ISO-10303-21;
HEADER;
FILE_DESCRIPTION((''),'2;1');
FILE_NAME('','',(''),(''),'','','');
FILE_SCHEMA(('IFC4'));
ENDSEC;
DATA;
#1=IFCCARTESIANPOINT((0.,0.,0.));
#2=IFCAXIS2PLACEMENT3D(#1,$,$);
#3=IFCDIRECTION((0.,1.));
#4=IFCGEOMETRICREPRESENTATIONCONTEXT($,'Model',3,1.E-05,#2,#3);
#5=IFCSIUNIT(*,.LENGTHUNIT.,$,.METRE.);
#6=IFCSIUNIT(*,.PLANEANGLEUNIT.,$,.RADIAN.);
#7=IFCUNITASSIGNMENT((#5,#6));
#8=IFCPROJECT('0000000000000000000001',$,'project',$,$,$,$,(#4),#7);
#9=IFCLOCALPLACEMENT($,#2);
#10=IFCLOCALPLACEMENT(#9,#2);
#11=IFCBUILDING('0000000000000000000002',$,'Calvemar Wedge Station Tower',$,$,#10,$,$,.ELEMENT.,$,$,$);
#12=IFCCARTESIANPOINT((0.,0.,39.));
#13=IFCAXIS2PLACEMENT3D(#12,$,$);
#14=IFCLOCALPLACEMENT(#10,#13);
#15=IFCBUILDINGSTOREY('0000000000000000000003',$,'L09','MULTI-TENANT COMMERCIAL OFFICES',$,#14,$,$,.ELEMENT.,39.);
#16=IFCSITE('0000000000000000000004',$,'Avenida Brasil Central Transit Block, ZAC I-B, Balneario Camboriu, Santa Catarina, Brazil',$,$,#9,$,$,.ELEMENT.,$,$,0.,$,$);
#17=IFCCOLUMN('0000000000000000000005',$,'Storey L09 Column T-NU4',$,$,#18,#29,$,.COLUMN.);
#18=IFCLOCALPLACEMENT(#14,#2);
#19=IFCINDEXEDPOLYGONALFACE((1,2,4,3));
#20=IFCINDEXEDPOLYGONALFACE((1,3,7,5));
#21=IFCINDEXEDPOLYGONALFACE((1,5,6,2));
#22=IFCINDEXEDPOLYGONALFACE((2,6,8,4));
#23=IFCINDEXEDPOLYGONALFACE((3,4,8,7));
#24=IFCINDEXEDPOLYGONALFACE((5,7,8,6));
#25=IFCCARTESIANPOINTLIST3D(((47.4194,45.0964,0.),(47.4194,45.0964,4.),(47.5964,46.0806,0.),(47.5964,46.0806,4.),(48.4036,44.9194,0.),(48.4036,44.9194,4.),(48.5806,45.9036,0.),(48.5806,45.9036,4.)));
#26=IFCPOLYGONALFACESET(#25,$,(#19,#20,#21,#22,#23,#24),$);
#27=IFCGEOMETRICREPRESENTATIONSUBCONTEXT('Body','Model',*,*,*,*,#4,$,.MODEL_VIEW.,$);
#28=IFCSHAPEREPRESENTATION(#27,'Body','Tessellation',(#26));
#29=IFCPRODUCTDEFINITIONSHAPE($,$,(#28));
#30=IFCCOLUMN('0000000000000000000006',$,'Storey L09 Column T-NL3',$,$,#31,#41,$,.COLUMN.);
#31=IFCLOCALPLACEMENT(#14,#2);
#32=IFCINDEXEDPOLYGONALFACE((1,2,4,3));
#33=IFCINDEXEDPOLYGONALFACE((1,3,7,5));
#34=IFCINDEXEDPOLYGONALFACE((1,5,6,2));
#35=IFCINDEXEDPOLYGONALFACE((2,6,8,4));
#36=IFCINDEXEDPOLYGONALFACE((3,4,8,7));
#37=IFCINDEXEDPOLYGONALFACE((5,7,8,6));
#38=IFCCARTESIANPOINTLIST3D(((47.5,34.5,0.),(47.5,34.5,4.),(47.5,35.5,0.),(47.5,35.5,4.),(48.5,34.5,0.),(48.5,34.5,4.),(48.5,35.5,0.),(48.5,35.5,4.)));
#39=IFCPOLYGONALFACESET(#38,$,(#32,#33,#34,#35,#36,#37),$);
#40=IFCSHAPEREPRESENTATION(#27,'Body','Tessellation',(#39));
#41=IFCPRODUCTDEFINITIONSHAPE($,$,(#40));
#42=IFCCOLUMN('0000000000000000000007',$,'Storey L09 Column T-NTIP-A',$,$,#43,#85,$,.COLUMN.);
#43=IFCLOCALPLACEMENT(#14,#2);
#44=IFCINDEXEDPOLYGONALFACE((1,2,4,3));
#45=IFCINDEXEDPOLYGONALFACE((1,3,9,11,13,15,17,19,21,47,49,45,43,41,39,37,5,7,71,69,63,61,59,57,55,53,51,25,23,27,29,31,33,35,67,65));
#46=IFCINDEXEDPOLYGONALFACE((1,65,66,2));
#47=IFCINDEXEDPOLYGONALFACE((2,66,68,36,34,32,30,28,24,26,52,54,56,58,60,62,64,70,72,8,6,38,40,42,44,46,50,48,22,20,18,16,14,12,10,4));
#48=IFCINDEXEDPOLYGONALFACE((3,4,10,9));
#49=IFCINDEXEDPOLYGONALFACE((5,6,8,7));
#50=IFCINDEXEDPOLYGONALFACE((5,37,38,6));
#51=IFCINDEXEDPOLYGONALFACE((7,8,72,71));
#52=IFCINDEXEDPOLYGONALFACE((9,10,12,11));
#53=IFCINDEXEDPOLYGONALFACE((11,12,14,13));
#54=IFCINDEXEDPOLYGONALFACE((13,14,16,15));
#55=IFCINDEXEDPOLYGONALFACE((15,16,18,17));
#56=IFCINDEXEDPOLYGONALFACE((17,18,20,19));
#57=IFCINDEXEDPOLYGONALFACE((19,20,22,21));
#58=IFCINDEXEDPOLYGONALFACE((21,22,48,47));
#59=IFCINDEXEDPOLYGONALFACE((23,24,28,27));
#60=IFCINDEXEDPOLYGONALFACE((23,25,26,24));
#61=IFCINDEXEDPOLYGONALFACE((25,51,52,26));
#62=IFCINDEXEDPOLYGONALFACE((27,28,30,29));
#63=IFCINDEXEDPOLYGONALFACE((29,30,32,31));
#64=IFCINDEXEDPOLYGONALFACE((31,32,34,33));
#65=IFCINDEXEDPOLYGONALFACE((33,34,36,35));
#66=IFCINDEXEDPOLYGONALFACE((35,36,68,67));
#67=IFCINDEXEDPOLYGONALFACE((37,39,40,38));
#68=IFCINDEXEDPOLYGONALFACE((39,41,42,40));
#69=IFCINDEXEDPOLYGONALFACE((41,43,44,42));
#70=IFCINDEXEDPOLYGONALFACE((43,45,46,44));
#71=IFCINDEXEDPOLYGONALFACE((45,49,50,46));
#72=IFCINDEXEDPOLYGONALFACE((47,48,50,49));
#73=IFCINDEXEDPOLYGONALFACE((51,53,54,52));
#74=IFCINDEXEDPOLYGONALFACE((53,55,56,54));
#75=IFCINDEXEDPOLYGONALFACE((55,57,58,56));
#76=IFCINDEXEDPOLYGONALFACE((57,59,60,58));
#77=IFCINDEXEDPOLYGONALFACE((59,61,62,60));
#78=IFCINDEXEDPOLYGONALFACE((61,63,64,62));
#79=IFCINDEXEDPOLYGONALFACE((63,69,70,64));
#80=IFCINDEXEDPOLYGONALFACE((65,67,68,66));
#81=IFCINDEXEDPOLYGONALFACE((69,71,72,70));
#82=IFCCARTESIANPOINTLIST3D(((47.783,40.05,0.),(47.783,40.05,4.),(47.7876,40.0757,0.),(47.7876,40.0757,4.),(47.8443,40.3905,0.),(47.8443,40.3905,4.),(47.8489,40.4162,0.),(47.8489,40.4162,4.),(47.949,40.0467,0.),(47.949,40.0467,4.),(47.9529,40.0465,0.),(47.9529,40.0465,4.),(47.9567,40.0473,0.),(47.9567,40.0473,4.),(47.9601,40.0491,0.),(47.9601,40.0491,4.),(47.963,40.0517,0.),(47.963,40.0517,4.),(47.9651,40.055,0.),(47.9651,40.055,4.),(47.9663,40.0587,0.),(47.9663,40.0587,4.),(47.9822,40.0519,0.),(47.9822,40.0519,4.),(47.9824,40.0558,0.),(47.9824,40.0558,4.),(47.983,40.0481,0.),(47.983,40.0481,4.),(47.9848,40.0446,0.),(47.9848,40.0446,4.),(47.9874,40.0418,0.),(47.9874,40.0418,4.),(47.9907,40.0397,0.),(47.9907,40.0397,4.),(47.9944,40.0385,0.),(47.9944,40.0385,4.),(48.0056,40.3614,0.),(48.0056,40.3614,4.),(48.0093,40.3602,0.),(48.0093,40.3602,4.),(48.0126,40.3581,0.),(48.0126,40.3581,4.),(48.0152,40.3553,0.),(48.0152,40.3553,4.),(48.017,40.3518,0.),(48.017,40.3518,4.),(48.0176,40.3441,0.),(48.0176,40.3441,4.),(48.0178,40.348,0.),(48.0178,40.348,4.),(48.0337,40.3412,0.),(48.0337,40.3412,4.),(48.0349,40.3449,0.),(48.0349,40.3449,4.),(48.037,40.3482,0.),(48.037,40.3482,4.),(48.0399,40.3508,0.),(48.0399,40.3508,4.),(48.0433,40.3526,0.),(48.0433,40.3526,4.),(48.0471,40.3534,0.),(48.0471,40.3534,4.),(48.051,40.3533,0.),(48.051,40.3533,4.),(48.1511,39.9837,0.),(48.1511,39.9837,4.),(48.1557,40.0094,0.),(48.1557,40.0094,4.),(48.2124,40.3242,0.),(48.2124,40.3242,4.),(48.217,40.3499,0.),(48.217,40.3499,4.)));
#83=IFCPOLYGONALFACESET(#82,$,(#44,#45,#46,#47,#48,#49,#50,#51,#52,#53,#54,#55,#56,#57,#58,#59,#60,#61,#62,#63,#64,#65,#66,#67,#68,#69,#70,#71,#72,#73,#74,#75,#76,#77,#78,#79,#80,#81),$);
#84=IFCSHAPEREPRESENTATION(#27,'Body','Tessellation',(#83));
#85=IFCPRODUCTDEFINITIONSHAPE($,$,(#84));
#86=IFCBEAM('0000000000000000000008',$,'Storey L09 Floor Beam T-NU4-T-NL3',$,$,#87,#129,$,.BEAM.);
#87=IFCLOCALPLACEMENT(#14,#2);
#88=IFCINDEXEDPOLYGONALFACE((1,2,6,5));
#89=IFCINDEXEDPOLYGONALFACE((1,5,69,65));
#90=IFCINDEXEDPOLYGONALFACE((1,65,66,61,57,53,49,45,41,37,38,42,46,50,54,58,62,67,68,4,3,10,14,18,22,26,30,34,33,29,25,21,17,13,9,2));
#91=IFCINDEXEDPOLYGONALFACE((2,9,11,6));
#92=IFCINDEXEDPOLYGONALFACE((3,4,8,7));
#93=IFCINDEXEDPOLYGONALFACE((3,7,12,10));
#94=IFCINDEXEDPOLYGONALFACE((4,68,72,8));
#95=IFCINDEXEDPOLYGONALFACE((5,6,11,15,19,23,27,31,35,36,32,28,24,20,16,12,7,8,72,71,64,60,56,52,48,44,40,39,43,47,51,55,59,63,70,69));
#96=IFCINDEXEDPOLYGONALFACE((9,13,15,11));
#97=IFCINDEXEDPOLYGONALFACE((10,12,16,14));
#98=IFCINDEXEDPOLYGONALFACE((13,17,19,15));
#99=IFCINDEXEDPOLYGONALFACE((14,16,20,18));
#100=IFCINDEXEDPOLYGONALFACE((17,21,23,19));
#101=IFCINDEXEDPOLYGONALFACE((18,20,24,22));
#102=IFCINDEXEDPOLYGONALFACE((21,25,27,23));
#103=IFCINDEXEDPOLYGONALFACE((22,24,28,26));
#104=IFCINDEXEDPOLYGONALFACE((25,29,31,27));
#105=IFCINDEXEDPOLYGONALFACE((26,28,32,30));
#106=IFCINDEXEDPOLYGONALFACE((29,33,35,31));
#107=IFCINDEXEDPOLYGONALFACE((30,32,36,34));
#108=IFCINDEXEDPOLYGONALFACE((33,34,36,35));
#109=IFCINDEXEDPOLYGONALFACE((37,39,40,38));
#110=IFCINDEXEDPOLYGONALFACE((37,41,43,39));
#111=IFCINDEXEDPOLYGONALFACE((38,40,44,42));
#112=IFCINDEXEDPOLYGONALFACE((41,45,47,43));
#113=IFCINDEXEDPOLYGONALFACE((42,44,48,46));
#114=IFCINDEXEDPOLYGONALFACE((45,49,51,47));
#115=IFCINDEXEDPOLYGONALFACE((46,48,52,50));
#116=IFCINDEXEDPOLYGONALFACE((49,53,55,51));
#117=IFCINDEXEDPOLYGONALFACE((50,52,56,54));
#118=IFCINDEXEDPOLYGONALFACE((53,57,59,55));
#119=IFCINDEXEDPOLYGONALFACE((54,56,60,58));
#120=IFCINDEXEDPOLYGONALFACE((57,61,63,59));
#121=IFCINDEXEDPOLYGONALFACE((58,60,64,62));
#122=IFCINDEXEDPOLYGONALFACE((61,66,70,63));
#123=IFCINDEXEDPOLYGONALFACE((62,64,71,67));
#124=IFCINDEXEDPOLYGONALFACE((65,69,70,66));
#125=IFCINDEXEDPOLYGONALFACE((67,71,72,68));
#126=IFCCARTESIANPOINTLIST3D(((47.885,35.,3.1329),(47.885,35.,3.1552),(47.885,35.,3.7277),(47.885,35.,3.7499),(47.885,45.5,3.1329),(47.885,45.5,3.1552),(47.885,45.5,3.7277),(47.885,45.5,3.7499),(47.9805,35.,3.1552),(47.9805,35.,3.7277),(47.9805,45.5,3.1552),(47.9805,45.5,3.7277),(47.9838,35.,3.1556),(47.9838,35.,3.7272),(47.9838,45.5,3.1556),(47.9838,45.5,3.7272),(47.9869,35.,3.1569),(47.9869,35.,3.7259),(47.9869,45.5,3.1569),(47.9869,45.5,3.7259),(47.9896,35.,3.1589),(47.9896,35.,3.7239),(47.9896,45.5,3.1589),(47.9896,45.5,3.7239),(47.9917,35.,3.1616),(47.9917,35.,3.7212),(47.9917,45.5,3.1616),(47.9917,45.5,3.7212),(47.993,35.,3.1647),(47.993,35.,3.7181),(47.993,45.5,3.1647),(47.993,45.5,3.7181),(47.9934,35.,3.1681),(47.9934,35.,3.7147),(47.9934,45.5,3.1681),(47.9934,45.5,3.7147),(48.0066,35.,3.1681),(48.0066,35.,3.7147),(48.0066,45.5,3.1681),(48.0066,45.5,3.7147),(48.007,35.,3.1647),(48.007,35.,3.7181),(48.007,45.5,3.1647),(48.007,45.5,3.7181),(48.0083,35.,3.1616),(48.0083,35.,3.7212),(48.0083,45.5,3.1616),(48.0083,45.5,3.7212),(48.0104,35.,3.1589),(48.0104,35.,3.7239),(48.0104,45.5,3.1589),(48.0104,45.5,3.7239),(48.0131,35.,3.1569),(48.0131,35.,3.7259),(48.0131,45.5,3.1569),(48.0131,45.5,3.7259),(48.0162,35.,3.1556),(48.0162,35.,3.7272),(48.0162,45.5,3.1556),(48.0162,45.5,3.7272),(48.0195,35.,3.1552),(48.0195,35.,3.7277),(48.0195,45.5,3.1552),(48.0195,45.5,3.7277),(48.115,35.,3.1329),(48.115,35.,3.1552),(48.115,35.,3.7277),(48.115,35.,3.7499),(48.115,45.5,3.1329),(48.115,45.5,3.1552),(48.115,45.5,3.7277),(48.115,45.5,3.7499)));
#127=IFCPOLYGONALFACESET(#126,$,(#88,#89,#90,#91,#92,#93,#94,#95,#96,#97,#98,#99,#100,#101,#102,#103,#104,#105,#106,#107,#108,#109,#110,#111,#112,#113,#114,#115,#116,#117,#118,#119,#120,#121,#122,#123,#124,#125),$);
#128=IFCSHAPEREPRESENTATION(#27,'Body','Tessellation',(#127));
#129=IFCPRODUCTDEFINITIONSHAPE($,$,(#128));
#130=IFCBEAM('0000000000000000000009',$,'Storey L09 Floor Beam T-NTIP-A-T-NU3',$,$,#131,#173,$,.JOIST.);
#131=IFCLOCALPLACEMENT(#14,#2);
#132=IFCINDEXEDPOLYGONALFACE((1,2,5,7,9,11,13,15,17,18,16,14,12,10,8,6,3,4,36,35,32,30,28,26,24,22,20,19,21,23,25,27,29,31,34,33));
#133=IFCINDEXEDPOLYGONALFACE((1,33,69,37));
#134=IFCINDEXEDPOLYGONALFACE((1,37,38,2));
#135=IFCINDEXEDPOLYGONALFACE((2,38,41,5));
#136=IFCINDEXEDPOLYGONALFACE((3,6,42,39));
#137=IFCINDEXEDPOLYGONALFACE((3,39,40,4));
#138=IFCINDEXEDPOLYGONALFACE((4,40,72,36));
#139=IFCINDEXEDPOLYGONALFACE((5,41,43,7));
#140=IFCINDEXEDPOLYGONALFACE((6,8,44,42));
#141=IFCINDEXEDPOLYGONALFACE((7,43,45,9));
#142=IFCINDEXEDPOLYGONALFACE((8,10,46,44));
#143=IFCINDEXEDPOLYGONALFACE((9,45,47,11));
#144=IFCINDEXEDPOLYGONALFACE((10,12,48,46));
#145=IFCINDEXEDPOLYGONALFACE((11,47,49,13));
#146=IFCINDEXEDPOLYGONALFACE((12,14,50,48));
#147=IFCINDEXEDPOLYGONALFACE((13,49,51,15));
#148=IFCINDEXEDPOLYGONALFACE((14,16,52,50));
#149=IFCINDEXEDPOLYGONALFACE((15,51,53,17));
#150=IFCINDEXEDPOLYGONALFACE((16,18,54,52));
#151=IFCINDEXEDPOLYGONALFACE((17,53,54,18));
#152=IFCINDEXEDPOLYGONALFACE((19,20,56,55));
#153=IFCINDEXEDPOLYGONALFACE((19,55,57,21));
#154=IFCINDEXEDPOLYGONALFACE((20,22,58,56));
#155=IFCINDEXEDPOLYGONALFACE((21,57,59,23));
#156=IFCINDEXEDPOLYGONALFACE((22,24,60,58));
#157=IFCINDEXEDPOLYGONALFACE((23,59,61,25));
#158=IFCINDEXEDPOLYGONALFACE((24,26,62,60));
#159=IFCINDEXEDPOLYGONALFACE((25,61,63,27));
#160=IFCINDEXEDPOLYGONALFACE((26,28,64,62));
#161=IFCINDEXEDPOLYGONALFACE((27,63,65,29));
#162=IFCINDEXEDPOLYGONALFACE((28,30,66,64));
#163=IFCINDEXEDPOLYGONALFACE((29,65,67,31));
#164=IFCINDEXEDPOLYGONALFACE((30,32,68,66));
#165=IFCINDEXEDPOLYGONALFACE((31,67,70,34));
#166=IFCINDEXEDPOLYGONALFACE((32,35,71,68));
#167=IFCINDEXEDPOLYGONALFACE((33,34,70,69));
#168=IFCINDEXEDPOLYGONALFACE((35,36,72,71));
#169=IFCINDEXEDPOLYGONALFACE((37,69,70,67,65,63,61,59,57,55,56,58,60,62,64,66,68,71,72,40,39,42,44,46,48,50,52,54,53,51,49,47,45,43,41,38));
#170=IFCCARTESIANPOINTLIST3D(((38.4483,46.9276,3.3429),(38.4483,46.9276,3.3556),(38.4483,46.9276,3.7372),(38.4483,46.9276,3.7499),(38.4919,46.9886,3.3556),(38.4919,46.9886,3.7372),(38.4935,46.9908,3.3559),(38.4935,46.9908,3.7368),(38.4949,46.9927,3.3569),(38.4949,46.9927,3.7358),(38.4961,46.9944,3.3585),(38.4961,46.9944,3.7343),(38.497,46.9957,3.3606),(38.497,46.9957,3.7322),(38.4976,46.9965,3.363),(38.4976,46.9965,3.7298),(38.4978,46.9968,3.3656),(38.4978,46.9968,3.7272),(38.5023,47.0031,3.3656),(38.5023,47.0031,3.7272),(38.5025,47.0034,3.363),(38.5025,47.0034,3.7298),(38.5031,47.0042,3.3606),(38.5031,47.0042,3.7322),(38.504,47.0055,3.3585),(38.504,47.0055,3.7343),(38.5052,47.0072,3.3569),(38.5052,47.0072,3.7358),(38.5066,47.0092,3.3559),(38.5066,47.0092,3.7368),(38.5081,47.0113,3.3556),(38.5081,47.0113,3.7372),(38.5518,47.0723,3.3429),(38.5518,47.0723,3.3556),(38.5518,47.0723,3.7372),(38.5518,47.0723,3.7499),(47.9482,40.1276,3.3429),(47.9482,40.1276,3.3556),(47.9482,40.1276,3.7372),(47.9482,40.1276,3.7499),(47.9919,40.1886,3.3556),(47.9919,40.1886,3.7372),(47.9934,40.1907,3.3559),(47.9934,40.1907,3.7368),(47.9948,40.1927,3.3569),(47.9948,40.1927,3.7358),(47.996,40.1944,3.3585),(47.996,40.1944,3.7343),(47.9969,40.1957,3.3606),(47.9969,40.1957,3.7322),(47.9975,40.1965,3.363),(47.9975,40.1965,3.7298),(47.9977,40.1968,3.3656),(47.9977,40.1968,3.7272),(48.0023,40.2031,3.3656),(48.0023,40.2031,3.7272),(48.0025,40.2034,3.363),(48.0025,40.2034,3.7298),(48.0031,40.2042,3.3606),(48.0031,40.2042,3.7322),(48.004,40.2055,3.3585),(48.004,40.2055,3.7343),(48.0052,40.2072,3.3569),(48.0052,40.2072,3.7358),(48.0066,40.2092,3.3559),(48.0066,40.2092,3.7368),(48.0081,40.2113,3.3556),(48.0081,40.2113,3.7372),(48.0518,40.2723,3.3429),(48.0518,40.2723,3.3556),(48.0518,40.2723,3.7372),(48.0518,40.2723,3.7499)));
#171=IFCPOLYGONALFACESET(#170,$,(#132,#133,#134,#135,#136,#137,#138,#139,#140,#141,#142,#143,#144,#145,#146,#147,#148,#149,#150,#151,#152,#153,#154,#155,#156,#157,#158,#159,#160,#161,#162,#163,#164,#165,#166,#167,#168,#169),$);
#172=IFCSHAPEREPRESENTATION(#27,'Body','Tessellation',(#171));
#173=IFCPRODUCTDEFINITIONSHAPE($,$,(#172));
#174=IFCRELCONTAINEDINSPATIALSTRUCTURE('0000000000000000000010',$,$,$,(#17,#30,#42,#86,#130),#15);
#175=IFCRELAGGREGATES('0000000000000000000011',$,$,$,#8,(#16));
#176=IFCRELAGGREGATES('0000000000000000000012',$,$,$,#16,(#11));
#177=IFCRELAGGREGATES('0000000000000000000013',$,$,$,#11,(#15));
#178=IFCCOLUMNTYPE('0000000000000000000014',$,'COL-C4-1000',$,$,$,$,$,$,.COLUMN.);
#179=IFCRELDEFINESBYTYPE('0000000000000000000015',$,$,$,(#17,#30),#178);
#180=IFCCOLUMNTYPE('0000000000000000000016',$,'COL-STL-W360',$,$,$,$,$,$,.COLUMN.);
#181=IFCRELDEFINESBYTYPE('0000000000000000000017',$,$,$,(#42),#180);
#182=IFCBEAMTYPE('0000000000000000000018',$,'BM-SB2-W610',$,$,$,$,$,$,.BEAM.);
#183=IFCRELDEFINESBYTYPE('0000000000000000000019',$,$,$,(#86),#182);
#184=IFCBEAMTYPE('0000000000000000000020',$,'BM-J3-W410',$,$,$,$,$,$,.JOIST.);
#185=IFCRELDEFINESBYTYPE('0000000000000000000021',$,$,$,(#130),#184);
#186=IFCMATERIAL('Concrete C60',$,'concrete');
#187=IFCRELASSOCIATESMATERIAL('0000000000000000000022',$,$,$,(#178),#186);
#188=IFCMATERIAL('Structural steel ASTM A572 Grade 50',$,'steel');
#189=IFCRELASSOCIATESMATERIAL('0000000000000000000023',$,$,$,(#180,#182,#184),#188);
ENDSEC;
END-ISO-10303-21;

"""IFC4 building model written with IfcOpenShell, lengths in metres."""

from ifc_helpers import new_model, si_unit, direction, frame, origin, origin_2d, place, context, subcontext, project, spatial, rectangle, i_section, extrude, source, transform, mapped, material, material_profile, profile_set, type_object, element, save


model = new_model("IFC4")

# Units and contexts
model_context = context("Model", 3, precision=1e-05, world=origin(), true_north=direction((0.0, 1.0)))
body_context = subcontext(model_context, "Body", "Model", "MODEL_VIEW")
ifc_project = project(units=[si_unit("LENGTHUNIT", "METRE"), si_unit("PLANEANGLEUNIT", "RADIAN")], contexts=[model_context])

# Site, building, storey
site_placement = place(None, origin())
site = spatial("IfcSite", under=ifc_project, at=site_placement, Name="Avenida Brasil Central Transit Block, ZAC I-B, Balneario Camboriu, Santa Catarina, Brazil", CompositionType="ELEMENT", RefElevation=0.0)
building_placement = place(site_placement, origin())
building = spatial("IfcBuilding", under=site, at=building_placement, Name="Calvemar Wedge Station Tower", CompositionType="ELEMENT")
storey_placement = place(building_placement, frame((0.0, 0.0, 39.0)))
storey = spatial("IfcBuildingStorey", under=building, at=storey_placement, Name="L09", Description="MULTI-TENANT COMMERCIAL OFFICES", CompositionType="ELEMENT", Elevation=39.0)

# Columns
ifc_material_1 = material(Name="Concrete C60", Category="concrete")
ifc_material_profile_1 = material_profile(ifc_material_1, rectangle(XDim=1.0, YDim=1.0, at=origin_2d()), Name="RC1000x1000")
ifc_profile_set_1 = profile_set([ifc_material_profile_1], Name="Concrete C60")
column_type_1 = type_object("IfcColumnType", Name="COL-C4-1000", PredefinedType="COLUMN", material=ifc_profile_set_1)
shared_shape_1 = source(origin(), body_context, "Body", "SweptSolid", [
    extrude(rectangle(XDim=1.0, YDim=1.0, at=origin_2d()), origin(), (0.0, 0.0, 1.0), 4.0),
])
for number, where, z_axis, x_axis, name in (
    (1, (48.0, 45.5, 0.0), (0.0, 0.0, 1.0), (0.984196, -0.177085, 0.0), "Storey L09 Column T-NU4"),
    (2, (48.0, 35.0, 0.0), (0.0, 0.0, 1.0), (1.0, 0.0, 0.0), "Storey L09 Column T-NL3"),
):
    element("IfcColumn", number, at=place(storey_placement, frame(where, z_axis=z_axis, x_axis=x_axis)), inside=storey, type_object=column_type_1, Name=name, PredefinedType="COLUMN", context=body_context, shape_type="MappedRepresentation", body=[
        mapped(shared_shape_1, transform((0.0, 0.0, 0.0), scale=1.0)),
    ])
ifc_material_2 = material(Name="Structural steel ASTM A572 Grade 50", Category="steel")
ifc_material_profile_2 = material_profile(ifc_material_2, i_section(OverallWidth=0.374, OverallDepth=0.3721, WebThickness=0.0164, FlangeThickness=0.0261, FilletRadius=0.0149, at=origin_2d()), Name="W360x196")
ifc_profile_set_2 = profile_set([ifc_material_profile_2], Name="Structural steel ASTM A572 Grade 50")
column_type_2 = type_object("IfcColumnType", Name="COL-STL-W360", PredefinedType="COLUMN", material=ifc_profile_set_2)
shared_shape_2 = source(origin(), body_context, "Body", "SweptSolid", [
    extrude(i_section(OverallWidth=0.374, OverallDepth=0.3721, WebThickness=0.0164, FlangeThickness=0.0261, FilletRadius=0.0149, at=origin_2d()), origin(), (0.0, 0.0, 1.0), 4.0),
])
column_placement = place(storey_placement, frame((48.0, 40.2, 0.0), z_axis=(0.0, 0.0, 1.0), x_axis=(0.984196, -0.177085, 0.0)))
element("IfcColumn", 3, at=column_placement, inside=storey, type_object=column_type_2, Name="Storey L09 Column T-NTIP-A", PredefinedType="COLUMN", context=body_context, shape_type="MappedRepresentation", body=[
    mapped(shared_shape_2, transform((0.0, 0.0, 0.0), scale=1.0)),
])

# Beams
ifc_material_profile_3 = material_profile(ifc_material_2, i_section(OverallWidth=0.23, OverallDepth=0.6169, WebThickness=0.0132, FlangeThickness=0.0222, FilletRadius=0.0129, at=origin_2d()), Name="W610x140")
ifc_profile_set_3 = profile_set([ifc_material_profile_3], Name="Structural steel ASTM A572 Grade 50")
beam_type_1 = type_object("IfcBeamType", Name="BM-SB2-W610", PredefinedType="BEAM", material=ifc_profile_set_3)
shared_shape_3 = source(origin(), body_context, "Body", "SweptSolid", [
    extrude(i_section(OverallWidth=0.23, OverallDepth=0.6169, WebThickness=0.0132, FlangeThickness=0.0222, FilletRadius=0.0129, at=origin_2d()), origin(), (0.0, 0.0, 1.0), 10.5),
])
beam_1_placement = place(storey_placement, frame((48.0, 45.5, 3.4414), z_axis=(0.0, -1.0, 0.0), x_axis=(1.0, 0.0, 0.0)))
element("IfcBeam", 4, at=beam_1_placement, inside=storey, type_object=beam_type_1, Name="Storey L09 Floor Beam T-NU4-T-NL3", PredefinedType="BEAM", context=body_context, shape_type="MappedRepresentation", body=[
    mapped(shared_shape_3, transform((0.0, 0.0, 0.0), scale=1.0)),
])
ifc_material_profile_4 = material_profile(ifc_material_2, i_section(OverallWidth=0.178, OverallDepth=0.407, WebThickness=0.0078, FlangeThickness=0.0127, FilletRadius=0.01, at=origin_2d()), Name="W410x60")
ifc_profile_set_4 = profile_set([ifc_material_profile_4], Name="Structural steel ASTM A572 Grade 50")
beam_type_2 = type_object("IfcBeamType", Name="BM-J3-W410", PredefinedType="JOIST", material=ifc_profile_set_4)
shared_shape_4 = source(origin(), body_context, "Body", "SweptSolid", [
    extrude(i_section(OverallWidth=0.178, OverallDepth=0.407, WebThickness=0.0078, FlangeThickness=0.0127, FilletRadius=0.01, at=origin_2d()), origin(), (0.0, 0.0, 1.0), 11.6829),
])
beam_2_placement = place(storey_placement, frame((48.0, 40.2, 3.5464), z_axis=(-0.813153, 0.58205, 0.0), x_axis=(-0.58205, -0.813153, 0.0)))
element("IfcBeam", 5, at=beam_2_placement, inside=storey, type_object=beam_type_2, Name="Storey L09 Floor Beam T-NTIP-A-T-NU3", PredefinedType="JOIST", context=body_context, shape_type="MappedRepresentation", body=[
    mapped(shared_shape_4, transform((0.0, 0.0, 0.0), scale=1.0)),
])

save(model, "model.ifc")
